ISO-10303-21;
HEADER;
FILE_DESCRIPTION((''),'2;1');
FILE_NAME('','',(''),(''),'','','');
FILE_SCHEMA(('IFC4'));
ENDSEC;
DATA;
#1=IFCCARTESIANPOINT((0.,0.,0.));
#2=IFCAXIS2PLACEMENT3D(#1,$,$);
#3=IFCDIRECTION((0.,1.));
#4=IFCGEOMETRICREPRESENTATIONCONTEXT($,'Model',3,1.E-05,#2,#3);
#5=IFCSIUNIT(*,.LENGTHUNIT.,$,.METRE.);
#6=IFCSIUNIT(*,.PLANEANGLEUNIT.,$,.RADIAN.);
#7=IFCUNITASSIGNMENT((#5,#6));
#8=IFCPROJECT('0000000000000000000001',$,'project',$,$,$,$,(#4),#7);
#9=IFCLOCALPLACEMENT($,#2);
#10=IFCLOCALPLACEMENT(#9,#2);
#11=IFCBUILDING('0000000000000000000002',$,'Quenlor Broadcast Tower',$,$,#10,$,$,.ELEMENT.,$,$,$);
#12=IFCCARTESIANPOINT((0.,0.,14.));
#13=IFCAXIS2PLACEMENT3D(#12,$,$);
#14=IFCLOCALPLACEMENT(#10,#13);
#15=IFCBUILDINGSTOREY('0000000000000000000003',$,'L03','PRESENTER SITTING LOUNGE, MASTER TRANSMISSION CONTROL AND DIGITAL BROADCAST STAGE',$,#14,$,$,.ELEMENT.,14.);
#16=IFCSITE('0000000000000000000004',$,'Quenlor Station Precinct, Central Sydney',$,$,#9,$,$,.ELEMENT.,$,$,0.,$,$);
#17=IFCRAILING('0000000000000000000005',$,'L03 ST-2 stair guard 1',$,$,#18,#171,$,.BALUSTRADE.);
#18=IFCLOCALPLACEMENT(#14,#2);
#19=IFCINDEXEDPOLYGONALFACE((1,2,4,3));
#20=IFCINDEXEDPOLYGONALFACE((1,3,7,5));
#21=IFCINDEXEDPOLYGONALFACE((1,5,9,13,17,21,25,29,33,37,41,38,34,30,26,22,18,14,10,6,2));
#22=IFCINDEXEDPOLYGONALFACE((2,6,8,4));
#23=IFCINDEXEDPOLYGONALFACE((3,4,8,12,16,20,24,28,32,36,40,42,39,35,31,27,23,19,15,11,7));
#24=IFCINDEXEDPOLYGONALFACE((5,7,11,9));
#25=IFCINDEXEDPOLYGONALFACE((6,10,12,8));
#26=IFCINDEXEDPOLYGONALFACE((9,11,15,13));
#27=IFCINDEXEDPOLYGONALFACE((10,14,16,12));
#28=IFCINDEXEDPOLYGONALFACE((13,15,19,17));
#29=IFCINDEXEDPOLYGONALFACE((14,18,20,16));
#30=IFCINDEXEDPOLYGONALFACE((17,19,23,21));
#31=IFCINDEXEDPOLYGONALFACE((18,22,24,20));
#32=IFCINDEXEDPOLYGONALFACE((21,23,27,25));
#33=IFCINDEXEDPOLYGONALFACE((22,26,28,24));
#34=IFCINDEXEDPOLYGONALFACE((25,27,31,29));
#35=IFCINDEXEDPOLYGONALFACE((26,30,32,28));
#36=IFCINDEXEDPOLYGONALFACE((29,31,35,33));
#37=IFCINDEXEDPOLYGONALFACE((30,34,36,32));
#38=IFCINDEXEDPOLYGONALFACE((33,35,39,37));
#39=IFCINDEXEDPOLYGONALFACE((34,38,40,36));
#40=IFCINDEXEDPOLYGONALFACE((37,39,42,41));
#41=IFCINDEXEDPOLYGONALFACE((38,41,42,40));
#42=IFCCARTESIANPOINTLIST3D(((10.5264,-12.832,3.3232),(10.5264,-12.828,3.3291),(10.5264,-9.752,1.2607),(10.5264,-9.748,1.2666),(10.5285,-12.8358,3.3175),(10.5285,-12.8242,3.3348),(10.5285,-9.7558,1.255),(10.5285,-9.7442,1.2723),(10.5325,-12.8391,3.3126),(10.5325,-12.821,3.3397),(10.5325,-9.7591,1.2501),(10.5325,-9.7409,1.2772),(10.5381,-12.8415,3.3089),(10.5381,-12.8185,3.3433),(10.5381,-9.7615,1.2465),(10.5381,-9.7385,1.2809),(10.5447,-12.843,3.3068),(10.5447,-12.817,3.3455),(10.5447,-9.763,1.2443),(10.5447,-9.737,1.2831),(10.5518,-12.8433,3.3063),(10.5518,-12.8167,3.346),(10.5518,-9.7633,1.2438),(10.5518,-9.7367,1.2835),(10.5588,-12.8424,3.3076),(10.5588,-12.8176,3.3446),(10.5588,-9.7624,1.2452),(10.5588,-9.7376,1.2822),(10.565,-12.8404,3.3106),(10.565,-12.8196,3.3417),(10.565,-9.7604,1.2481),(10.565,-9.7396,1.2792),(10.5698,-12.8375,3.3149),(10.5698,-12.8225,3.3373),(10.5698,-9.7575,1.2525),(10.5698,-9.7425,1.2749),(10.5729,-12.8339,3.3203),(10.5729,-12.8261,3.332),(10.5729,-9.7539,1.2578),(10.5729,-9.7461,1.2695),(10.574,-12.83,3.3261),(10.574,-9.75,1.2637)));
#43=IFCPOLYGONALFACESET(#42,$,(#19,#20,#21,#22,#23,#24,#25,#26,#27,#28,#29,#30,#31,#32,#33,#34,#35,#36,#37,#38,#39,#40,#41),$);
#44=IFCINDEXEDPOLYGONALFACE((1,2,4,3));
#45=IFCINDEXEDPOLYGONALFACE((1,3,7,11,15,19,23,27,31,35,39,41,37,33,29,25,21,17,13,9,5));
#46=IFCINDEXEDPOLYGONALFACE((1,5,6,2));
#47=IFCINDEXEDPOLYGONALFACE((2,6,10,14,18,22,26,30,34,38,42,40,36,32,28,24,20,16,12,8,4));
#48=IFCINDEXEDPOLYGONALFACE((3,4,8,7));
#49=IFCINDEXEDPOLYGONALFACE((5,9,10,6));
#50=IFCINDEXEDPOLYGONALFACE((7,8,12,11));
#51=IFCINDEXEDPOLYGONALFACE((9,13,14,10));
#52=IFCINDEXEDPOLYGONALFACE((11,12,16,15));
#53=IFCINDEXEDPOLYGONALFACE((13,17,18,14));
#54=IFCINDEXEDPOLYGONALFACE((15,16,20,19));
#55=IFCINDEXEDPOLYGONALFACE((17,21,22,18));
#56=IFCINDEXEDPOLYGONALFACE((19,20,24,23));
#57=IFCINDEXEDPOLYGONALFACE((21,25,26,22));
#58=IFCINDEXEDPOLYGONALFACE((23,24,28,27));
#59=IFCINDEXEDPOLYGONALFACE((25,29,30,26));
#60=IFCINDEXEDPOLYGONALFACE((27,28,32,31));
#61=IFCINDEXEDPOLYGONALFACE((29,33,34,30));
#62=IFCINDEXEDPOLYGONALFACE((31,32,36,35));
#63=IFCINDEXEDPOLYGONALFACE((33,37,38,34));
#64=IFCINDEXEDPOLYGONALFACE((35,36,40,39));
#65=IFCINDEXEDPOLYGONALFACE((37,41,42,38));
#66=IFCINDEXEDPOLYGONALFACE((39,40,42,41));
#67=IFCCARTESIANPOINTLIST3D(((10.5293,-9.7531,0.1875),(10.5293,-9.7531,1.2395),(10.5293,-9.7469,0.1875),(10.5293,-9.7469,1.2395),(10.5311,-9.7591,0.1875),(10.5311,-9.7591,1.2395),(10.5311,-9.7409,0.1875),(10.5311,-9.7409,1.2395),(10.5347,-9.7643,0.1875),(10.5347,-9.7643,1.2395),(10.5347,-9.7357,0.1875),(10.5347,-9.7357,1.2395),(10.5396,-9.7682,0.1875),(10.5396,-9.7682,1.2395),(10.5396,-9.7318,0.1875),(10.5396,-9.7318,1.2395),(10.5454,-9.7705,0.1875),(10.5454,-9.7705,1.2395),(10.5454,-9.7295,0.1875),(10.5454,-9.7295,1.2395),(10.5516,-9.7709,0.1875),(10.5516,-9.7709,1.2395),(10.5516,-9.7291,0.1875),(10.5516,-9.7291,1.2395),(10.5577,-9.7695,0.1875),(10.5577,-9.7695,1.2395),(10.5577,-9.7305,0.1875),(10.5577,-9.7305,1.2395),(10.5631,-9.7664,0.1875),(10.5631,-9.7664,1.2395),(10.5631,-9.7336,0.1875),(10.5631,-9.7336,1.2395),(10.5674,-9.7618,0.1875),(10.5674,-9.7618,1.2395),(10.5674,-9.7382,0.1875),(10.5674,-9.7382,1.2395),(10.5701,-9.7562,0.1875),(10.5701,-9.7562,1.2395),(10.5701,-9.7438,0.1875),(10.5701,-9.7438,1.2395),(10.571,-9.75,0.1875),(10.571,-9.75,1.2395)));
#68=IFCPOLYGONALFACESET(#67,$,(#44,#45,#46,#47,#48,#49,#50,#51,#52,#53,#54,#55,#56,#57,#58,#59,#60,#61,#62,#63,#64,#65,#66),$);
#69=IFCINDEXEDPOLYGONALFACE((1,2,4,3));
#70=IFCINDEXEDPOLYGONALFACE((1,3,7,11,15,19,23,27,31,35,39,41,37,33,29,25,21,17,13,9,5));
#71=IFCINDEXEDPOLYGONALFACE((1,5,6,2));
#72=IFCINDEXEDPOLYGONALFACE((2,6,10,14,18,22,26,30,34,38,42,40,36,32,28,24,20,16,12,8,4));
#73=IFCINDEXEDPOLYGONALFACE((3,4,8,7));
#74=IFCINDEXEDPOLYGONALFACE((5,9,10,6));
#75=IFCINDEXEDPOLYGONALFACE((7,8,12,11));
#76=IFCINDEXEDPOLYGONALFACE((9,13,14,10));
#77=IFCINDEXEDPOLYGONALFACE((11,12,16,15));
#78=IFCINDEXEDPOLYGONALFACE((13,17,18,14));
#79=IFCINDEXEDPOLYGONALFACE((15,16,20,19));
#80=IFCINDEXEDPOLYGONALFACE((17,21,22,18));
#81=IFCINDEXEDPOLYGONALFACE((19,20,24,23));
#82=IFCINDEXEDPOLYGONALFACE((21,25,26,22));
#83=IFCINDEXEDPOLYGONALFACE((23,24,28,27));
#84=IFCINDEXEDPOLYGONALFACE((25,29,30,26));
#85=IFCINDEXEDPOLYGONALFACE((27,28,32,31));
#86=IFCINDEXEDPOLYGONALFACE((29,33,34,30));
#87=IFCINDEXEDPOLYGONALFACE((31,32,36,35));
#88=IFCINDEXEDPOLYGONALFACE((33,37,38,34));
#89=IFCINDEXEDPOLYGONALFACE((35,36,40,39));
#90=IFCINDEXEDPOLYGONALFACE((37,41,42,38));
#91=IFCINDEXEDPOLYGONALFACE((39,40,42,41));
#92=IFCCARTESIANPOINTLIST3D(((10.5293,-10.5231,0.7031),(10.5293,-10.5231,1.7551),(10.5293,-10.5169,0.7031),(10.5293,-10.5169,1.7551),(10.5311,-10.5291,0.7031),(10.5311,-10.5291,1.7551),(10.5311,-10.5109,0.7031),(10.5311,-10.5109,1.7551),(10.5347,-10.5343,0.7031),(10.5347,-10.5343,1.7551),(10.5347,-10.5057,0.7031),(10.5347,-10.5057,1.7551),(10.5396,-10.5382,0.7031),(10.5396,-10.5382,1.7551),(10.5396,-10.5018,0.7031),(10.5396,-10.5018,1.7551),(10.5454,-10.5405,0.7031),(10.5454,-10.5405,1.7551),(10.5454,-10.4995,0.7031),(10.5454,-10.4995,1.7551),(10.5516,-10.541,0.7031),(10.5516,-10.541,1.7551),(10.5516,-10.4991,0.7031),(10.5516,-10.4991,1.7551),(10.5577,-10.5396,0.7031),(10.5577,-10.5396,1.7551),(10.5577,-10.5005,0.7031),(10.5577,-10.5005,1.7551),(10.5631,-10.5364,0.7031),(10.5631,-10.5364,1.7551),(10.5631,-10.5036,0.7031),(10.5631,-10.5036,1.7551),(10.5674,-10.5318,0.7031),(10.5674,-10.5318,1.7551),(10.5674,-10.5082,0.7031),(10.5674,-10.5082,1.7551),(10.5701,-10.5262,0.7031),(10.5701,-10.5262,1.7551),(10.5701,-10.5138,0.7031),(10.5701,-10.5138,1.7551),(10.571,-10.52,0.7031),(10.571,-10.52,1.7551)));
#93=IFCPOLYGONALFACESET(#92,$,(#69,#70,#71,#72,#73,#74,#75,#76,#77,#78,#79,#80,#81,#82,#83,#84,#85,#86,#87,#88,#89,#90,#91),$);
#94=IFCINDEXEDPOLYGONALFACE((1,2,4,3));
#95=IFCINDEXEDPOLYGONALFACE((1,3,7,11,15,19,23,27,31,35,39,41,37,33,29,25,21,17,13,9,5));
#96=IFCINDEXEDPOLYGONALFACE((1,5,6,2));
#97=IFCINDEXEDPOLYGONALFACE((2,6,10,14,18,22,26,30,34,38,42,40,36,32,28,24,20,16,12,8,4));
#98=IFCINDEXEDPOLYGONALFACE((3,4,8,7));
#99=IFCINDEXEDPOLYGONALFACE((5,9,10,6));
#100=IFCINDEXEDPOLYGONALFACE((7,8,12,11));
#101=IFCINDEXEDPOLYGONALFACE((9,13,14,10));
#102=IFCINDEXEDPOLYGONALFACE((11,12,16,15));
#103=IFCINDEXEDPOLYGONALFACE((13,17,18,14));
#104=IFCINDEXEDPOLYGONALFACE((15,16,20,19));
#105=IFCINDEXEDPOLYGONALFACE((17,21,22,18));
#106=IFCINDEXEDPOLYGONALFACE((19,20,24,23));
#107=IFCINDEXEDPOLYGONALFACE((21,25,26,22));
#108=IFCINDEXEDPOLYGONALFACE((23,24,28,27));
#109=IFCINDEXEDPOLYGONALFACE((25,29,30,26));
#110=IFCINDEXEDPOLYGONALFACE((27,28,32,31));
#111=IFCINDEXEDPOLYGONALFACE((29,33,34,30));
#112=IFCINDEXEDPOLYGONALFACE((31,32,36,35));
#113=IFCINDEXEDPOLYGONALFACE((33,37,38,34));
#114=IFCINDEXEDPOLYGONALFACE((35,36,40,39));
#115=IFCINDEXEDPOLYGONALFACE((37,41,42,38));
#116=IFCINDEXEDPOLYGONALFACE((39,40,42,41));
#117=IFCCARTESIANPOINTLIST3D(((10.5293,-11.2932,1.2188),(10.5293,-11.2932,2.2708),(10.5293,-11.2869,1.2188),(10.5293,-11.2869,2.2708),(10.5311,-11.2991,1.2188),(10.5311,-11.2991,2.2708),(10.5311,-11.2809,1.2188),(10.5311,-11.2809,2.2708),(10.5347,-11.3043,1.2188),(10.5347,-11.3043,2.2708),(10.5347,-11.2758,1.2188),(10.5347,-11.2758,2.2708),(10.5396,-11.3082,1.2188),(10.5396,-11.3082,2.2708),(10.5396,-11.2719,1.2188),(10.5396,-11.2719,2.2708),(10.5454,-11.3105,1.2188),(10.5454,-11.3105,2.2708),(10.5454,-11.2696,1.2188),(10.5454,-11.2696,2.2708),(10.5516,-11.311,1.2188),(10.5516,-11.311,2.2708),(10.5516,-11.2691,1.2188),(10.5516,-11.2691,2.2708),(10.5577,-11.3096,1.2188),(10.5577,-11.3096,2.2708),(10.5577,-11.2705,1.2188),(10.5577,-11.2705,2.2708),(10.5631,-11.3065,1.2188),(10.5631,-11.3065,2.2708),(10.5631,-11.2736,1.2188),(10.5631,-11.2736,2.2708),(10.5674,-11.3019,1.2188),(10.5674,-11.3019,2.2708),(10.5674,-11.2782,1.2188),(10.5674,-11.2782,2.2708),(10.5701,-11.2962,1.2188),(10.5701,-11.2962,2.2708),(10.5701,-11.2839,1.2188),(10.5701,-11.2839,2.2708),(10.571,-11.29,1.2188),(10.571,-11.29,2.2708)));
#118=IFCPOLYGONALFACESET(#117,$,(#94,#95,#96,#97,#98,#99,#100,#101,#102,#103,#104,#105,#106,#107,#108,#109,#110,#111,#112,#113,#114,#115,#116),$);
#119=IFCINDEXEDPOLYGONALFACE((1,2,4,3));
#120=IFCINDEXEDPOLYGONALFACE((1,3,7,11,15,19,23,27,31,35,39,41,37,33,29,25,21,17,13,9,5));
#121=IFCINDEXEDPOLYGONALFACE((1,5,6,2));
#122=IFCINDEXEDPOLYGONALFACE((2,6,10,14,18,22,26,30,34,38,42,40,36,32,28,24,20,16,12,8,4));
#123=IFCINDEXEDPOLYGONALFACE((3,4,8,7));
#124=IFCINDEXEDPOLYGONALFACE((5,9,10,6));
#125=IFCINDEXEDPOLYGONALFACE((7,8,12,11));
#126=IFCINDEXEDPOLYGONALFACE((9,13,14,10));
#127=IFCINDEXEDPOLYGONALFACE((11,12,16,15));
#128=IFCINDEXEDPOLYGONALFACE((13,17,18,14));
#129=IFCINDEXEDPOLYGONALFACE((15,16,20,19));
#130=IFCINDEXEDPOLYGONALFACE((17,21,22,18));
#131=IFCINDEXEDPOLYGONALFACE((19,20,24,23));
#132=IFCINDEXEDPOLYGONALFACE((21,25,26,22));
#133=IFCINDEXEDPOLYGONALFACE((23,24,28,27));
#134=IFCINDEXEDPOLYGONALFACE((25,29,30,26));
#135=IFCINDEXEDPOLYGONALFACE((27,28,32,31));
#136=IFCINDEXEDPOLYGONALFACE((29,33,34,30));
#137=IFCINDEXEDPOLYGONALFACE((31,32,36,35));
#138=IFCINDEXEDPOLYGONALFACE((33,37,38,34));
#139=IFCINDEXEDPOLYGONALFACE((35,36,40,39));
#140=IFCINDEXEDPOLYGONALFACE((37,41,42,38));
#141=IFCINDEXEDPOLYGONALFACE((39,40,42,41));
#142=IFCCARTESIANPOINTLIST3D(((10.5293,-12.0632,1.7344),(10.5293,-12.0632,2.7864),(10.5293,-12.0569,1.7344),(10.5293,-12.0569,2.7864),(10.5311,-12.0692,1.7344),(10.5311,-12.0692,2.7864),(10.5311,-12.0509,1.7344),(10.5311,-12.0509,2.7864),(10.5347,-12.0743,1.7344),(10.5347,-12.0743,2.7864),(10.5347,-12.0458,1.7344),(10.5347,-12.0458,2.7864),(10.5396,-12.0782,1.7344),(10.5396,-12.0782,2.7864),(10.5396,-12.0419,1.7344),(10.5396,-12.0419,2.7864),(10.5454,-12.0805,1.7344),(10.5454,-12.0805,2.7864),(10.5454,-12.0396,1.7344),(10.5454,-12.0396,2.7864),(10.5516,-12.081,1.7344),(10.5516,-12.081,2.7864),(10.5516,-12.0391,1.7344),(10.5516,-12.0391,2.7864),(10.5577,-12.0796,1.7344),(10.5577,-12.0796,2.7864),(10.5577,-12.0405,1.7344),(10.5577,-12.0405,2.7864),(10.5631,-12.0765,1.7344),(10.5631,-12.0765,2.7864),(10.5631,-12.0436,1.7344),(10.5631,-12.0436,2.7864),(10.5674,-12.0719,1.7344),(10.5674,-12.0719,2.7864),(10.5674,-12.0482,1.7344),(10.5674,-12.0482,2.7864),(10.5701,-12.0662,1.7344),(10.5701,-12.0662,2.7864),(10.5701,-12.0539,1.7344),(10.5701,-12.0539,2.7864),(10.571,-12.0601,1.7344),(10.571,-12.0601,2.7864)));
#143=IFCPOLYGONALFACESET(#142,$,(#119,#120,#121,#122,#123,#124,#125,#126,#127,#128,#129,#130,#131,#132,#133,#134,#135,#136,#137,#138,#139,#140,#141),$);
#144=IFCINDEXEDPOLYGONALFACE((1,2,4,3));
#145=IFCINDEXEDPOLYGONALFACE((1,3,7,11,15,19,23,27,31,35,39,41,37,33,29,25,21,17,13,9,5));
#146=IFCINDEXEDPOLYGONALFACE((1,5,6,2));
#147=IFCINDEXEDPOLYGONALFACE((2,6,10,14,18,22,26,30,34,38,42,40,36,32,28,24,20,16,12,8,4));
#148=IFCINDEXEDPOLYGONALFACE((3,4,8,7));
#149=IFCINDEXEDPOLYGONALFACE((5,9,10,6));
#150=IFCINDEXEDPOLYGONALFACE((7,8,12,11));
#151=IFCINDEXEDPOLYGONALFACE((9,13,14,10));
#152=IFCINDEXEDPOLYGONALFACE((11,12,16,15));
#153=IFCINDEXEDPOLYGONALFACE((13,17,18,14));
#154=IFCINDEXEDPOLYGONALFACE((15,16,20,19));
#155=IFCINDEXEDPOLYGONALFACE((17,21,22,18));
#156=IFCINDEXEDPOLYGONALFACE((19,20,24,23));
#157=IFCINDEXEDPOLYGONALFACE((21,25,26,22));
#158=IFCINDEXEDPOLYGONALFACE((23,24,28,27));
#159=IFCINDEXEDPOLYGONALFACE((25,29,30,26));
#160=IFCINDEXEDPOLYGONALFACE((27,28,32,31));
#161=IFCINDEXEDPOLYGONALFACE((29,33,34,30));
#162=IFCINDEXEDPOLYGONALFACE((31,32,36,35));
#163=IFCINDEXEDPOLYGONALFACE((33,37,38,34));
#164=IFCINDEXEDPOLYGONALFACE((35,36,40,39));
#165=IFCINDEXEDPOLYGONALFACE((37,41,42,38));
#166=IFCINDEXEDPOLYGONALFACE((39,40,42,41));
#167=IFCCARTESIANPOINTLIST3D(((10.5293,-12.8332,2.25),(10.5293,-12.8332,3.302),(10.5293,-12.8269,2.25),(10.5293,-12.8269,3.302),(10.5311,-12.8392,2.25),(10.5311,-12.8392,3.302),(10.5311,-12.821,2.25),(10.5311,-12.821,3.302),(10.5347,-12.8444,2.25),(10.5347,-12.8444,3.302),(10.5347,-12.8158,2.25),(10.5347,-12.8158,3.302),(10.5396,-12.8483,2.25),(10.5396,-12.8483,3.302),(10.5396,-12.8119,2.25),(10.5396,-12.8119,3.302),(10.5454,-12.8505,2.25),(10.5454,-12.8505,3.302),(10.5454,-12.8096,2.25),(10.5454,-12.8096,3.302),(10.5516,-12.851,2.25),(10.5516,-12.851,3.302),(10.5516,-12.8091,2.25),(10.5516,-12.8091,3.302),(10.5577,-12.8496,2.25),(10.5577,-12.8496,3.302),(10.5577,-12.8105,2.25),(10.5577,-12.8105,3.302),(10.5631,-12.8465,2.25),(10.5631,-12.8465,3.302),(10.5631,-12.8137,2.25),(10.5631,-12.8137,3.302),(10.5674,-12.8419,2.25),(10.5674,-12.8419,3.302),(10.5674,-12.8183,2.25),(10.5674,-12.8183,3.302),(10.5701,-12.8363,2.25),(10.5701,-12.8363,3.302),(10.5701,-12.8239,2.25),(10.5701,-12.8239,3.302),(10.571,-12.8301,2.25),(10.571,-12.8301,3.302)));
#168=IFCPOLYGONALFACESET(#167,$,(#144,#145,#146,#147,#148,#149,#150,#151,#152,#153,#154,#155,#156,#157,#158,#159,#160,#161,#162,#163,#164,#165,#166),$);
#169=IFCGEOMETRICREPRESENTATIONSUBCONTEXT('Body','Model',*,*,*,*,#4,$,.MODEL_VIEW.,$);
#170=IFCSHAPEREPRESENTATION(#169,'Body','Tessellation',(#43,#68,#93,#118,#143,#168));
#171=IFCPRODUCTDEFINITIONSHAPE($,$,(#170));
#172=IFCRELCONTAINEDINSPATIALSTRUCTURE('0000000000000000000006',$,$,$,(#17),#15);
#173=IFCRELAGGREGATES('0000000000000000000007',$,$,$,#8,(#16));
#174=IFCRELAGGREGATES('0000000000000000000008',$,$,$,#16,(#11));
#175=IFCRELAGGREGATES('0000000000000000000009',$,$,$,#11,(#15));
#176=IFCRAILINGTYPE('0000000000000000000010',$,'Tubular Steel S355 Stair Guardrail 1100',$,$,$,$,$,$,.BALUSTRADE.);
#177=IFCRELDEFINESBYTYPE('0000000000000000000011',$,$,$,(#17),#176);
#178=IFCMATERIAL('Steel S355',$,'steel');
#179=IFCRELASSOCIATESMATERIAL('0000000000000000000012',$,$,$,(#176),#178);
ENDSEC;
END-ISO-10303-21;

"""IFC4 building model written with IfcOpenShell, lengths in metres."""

from ifc_helpers import new_model, si_unit, direction, frame, origin, origin_2d, place, context, subcontext, project, spatial, circle, extrude, material, type_object, element, save


model = new_model("IFC4")

# Units and contexts
model_context = context("Model", 3, precision=1e-05, world=origin(), true_north=direction((0.0, 1.0)))
body_context = subcontext(model_context, "Body", "Model", "MODEL_VIEW")
ifc_project = project(units=[si_unit("LENGTHUNIT", "METRE"), si_unit("PLANEANGLEUNIT", "RADIAN")], contexts=[model_context])

# Site, building, storey
site_placement = place(None, origin())
site = spatial("IfcSite", under=ifc_project, at=site_placement, Name="Quenlor Station Precinct, Central Sydney", CompositionType="ELEMENT", RefElevation=0.0)
building_placement = place(site_placement, origin())
building = spatial("IfcBuilding", under=site, at=building_placement, Name="Quenlor Broadcast Tower", CompositionType="ELEMENT")
storey_placement = place(building_placement, frame((0.0, 0.0, 14.0)))
storey = spatial("IfcBuildingStorey", under=building, at=storey_placement, Name="L03", Description="PRESENTER SITTING LOUNGE, MASTER TRANSMISSION CONTROL AND DIGITAL BROADCAST STAGE", CompositionType="ELEMENT", Elevation=14.0)

# Railing
ifc_material_1 = material(Name="Steel S355", Category="steel")
railing_type_1 = type_object("IfcRailingType", Name="Tubular Steel S355 Stair Guardrail 1100", PredefinedType="BALUSTRADE", material=ifc_material_1)
railing_1_placement = place(storey_placement, frame((10.55, -9.75, 0.1875)))
element("IfcRailing", 1, at=railing_1_placement, inside=storey, type_object=railing_type_1, Name="L03 ST-2 stair guard 1", PredefinedType="BALUSTRADE", context=body_context, shape_type="SweptSolid", body=[
    extrude(circle(Radius=0.0239, at=origin_2d()), frame((0.0, 0.0, 1.0762), z_axis=(0.0, -0.830914, 0.556401), x_axis=(1.0, 0.0, 0.0)), (0.0, 0.0, 1.0), 3.7068),
    extrude(circle(Radius=0.021, at=origin_2d()), origin(), (0.0, 0.0, 1.0), 1.052),
    extrude(circle(Radius=0.021, at=origin_2d()), frame((0.0, -0.77, 0.5156)), (0.0, 0.0, 1.0), 1.052),
    extrude(circle(Radius=0.021, at=origin_2d()), frame((0.0, -1.54, 1.0312)), (0.0, 0.0, 1.0), 1.052),
    extrude(circle(Radius=0.021, at=origin_2d()), frame((0.0, -2.3101, 1.5469)), (0.0, 0.0, 1.0), 1.052),
    extrude(circle(Radius=0.021, at=origin_2d()), frame((0.0, -3.0801, 2.0625)), (0.0, 0.0, 1.0), 1.052),
])

save(model, "model.ifc")
